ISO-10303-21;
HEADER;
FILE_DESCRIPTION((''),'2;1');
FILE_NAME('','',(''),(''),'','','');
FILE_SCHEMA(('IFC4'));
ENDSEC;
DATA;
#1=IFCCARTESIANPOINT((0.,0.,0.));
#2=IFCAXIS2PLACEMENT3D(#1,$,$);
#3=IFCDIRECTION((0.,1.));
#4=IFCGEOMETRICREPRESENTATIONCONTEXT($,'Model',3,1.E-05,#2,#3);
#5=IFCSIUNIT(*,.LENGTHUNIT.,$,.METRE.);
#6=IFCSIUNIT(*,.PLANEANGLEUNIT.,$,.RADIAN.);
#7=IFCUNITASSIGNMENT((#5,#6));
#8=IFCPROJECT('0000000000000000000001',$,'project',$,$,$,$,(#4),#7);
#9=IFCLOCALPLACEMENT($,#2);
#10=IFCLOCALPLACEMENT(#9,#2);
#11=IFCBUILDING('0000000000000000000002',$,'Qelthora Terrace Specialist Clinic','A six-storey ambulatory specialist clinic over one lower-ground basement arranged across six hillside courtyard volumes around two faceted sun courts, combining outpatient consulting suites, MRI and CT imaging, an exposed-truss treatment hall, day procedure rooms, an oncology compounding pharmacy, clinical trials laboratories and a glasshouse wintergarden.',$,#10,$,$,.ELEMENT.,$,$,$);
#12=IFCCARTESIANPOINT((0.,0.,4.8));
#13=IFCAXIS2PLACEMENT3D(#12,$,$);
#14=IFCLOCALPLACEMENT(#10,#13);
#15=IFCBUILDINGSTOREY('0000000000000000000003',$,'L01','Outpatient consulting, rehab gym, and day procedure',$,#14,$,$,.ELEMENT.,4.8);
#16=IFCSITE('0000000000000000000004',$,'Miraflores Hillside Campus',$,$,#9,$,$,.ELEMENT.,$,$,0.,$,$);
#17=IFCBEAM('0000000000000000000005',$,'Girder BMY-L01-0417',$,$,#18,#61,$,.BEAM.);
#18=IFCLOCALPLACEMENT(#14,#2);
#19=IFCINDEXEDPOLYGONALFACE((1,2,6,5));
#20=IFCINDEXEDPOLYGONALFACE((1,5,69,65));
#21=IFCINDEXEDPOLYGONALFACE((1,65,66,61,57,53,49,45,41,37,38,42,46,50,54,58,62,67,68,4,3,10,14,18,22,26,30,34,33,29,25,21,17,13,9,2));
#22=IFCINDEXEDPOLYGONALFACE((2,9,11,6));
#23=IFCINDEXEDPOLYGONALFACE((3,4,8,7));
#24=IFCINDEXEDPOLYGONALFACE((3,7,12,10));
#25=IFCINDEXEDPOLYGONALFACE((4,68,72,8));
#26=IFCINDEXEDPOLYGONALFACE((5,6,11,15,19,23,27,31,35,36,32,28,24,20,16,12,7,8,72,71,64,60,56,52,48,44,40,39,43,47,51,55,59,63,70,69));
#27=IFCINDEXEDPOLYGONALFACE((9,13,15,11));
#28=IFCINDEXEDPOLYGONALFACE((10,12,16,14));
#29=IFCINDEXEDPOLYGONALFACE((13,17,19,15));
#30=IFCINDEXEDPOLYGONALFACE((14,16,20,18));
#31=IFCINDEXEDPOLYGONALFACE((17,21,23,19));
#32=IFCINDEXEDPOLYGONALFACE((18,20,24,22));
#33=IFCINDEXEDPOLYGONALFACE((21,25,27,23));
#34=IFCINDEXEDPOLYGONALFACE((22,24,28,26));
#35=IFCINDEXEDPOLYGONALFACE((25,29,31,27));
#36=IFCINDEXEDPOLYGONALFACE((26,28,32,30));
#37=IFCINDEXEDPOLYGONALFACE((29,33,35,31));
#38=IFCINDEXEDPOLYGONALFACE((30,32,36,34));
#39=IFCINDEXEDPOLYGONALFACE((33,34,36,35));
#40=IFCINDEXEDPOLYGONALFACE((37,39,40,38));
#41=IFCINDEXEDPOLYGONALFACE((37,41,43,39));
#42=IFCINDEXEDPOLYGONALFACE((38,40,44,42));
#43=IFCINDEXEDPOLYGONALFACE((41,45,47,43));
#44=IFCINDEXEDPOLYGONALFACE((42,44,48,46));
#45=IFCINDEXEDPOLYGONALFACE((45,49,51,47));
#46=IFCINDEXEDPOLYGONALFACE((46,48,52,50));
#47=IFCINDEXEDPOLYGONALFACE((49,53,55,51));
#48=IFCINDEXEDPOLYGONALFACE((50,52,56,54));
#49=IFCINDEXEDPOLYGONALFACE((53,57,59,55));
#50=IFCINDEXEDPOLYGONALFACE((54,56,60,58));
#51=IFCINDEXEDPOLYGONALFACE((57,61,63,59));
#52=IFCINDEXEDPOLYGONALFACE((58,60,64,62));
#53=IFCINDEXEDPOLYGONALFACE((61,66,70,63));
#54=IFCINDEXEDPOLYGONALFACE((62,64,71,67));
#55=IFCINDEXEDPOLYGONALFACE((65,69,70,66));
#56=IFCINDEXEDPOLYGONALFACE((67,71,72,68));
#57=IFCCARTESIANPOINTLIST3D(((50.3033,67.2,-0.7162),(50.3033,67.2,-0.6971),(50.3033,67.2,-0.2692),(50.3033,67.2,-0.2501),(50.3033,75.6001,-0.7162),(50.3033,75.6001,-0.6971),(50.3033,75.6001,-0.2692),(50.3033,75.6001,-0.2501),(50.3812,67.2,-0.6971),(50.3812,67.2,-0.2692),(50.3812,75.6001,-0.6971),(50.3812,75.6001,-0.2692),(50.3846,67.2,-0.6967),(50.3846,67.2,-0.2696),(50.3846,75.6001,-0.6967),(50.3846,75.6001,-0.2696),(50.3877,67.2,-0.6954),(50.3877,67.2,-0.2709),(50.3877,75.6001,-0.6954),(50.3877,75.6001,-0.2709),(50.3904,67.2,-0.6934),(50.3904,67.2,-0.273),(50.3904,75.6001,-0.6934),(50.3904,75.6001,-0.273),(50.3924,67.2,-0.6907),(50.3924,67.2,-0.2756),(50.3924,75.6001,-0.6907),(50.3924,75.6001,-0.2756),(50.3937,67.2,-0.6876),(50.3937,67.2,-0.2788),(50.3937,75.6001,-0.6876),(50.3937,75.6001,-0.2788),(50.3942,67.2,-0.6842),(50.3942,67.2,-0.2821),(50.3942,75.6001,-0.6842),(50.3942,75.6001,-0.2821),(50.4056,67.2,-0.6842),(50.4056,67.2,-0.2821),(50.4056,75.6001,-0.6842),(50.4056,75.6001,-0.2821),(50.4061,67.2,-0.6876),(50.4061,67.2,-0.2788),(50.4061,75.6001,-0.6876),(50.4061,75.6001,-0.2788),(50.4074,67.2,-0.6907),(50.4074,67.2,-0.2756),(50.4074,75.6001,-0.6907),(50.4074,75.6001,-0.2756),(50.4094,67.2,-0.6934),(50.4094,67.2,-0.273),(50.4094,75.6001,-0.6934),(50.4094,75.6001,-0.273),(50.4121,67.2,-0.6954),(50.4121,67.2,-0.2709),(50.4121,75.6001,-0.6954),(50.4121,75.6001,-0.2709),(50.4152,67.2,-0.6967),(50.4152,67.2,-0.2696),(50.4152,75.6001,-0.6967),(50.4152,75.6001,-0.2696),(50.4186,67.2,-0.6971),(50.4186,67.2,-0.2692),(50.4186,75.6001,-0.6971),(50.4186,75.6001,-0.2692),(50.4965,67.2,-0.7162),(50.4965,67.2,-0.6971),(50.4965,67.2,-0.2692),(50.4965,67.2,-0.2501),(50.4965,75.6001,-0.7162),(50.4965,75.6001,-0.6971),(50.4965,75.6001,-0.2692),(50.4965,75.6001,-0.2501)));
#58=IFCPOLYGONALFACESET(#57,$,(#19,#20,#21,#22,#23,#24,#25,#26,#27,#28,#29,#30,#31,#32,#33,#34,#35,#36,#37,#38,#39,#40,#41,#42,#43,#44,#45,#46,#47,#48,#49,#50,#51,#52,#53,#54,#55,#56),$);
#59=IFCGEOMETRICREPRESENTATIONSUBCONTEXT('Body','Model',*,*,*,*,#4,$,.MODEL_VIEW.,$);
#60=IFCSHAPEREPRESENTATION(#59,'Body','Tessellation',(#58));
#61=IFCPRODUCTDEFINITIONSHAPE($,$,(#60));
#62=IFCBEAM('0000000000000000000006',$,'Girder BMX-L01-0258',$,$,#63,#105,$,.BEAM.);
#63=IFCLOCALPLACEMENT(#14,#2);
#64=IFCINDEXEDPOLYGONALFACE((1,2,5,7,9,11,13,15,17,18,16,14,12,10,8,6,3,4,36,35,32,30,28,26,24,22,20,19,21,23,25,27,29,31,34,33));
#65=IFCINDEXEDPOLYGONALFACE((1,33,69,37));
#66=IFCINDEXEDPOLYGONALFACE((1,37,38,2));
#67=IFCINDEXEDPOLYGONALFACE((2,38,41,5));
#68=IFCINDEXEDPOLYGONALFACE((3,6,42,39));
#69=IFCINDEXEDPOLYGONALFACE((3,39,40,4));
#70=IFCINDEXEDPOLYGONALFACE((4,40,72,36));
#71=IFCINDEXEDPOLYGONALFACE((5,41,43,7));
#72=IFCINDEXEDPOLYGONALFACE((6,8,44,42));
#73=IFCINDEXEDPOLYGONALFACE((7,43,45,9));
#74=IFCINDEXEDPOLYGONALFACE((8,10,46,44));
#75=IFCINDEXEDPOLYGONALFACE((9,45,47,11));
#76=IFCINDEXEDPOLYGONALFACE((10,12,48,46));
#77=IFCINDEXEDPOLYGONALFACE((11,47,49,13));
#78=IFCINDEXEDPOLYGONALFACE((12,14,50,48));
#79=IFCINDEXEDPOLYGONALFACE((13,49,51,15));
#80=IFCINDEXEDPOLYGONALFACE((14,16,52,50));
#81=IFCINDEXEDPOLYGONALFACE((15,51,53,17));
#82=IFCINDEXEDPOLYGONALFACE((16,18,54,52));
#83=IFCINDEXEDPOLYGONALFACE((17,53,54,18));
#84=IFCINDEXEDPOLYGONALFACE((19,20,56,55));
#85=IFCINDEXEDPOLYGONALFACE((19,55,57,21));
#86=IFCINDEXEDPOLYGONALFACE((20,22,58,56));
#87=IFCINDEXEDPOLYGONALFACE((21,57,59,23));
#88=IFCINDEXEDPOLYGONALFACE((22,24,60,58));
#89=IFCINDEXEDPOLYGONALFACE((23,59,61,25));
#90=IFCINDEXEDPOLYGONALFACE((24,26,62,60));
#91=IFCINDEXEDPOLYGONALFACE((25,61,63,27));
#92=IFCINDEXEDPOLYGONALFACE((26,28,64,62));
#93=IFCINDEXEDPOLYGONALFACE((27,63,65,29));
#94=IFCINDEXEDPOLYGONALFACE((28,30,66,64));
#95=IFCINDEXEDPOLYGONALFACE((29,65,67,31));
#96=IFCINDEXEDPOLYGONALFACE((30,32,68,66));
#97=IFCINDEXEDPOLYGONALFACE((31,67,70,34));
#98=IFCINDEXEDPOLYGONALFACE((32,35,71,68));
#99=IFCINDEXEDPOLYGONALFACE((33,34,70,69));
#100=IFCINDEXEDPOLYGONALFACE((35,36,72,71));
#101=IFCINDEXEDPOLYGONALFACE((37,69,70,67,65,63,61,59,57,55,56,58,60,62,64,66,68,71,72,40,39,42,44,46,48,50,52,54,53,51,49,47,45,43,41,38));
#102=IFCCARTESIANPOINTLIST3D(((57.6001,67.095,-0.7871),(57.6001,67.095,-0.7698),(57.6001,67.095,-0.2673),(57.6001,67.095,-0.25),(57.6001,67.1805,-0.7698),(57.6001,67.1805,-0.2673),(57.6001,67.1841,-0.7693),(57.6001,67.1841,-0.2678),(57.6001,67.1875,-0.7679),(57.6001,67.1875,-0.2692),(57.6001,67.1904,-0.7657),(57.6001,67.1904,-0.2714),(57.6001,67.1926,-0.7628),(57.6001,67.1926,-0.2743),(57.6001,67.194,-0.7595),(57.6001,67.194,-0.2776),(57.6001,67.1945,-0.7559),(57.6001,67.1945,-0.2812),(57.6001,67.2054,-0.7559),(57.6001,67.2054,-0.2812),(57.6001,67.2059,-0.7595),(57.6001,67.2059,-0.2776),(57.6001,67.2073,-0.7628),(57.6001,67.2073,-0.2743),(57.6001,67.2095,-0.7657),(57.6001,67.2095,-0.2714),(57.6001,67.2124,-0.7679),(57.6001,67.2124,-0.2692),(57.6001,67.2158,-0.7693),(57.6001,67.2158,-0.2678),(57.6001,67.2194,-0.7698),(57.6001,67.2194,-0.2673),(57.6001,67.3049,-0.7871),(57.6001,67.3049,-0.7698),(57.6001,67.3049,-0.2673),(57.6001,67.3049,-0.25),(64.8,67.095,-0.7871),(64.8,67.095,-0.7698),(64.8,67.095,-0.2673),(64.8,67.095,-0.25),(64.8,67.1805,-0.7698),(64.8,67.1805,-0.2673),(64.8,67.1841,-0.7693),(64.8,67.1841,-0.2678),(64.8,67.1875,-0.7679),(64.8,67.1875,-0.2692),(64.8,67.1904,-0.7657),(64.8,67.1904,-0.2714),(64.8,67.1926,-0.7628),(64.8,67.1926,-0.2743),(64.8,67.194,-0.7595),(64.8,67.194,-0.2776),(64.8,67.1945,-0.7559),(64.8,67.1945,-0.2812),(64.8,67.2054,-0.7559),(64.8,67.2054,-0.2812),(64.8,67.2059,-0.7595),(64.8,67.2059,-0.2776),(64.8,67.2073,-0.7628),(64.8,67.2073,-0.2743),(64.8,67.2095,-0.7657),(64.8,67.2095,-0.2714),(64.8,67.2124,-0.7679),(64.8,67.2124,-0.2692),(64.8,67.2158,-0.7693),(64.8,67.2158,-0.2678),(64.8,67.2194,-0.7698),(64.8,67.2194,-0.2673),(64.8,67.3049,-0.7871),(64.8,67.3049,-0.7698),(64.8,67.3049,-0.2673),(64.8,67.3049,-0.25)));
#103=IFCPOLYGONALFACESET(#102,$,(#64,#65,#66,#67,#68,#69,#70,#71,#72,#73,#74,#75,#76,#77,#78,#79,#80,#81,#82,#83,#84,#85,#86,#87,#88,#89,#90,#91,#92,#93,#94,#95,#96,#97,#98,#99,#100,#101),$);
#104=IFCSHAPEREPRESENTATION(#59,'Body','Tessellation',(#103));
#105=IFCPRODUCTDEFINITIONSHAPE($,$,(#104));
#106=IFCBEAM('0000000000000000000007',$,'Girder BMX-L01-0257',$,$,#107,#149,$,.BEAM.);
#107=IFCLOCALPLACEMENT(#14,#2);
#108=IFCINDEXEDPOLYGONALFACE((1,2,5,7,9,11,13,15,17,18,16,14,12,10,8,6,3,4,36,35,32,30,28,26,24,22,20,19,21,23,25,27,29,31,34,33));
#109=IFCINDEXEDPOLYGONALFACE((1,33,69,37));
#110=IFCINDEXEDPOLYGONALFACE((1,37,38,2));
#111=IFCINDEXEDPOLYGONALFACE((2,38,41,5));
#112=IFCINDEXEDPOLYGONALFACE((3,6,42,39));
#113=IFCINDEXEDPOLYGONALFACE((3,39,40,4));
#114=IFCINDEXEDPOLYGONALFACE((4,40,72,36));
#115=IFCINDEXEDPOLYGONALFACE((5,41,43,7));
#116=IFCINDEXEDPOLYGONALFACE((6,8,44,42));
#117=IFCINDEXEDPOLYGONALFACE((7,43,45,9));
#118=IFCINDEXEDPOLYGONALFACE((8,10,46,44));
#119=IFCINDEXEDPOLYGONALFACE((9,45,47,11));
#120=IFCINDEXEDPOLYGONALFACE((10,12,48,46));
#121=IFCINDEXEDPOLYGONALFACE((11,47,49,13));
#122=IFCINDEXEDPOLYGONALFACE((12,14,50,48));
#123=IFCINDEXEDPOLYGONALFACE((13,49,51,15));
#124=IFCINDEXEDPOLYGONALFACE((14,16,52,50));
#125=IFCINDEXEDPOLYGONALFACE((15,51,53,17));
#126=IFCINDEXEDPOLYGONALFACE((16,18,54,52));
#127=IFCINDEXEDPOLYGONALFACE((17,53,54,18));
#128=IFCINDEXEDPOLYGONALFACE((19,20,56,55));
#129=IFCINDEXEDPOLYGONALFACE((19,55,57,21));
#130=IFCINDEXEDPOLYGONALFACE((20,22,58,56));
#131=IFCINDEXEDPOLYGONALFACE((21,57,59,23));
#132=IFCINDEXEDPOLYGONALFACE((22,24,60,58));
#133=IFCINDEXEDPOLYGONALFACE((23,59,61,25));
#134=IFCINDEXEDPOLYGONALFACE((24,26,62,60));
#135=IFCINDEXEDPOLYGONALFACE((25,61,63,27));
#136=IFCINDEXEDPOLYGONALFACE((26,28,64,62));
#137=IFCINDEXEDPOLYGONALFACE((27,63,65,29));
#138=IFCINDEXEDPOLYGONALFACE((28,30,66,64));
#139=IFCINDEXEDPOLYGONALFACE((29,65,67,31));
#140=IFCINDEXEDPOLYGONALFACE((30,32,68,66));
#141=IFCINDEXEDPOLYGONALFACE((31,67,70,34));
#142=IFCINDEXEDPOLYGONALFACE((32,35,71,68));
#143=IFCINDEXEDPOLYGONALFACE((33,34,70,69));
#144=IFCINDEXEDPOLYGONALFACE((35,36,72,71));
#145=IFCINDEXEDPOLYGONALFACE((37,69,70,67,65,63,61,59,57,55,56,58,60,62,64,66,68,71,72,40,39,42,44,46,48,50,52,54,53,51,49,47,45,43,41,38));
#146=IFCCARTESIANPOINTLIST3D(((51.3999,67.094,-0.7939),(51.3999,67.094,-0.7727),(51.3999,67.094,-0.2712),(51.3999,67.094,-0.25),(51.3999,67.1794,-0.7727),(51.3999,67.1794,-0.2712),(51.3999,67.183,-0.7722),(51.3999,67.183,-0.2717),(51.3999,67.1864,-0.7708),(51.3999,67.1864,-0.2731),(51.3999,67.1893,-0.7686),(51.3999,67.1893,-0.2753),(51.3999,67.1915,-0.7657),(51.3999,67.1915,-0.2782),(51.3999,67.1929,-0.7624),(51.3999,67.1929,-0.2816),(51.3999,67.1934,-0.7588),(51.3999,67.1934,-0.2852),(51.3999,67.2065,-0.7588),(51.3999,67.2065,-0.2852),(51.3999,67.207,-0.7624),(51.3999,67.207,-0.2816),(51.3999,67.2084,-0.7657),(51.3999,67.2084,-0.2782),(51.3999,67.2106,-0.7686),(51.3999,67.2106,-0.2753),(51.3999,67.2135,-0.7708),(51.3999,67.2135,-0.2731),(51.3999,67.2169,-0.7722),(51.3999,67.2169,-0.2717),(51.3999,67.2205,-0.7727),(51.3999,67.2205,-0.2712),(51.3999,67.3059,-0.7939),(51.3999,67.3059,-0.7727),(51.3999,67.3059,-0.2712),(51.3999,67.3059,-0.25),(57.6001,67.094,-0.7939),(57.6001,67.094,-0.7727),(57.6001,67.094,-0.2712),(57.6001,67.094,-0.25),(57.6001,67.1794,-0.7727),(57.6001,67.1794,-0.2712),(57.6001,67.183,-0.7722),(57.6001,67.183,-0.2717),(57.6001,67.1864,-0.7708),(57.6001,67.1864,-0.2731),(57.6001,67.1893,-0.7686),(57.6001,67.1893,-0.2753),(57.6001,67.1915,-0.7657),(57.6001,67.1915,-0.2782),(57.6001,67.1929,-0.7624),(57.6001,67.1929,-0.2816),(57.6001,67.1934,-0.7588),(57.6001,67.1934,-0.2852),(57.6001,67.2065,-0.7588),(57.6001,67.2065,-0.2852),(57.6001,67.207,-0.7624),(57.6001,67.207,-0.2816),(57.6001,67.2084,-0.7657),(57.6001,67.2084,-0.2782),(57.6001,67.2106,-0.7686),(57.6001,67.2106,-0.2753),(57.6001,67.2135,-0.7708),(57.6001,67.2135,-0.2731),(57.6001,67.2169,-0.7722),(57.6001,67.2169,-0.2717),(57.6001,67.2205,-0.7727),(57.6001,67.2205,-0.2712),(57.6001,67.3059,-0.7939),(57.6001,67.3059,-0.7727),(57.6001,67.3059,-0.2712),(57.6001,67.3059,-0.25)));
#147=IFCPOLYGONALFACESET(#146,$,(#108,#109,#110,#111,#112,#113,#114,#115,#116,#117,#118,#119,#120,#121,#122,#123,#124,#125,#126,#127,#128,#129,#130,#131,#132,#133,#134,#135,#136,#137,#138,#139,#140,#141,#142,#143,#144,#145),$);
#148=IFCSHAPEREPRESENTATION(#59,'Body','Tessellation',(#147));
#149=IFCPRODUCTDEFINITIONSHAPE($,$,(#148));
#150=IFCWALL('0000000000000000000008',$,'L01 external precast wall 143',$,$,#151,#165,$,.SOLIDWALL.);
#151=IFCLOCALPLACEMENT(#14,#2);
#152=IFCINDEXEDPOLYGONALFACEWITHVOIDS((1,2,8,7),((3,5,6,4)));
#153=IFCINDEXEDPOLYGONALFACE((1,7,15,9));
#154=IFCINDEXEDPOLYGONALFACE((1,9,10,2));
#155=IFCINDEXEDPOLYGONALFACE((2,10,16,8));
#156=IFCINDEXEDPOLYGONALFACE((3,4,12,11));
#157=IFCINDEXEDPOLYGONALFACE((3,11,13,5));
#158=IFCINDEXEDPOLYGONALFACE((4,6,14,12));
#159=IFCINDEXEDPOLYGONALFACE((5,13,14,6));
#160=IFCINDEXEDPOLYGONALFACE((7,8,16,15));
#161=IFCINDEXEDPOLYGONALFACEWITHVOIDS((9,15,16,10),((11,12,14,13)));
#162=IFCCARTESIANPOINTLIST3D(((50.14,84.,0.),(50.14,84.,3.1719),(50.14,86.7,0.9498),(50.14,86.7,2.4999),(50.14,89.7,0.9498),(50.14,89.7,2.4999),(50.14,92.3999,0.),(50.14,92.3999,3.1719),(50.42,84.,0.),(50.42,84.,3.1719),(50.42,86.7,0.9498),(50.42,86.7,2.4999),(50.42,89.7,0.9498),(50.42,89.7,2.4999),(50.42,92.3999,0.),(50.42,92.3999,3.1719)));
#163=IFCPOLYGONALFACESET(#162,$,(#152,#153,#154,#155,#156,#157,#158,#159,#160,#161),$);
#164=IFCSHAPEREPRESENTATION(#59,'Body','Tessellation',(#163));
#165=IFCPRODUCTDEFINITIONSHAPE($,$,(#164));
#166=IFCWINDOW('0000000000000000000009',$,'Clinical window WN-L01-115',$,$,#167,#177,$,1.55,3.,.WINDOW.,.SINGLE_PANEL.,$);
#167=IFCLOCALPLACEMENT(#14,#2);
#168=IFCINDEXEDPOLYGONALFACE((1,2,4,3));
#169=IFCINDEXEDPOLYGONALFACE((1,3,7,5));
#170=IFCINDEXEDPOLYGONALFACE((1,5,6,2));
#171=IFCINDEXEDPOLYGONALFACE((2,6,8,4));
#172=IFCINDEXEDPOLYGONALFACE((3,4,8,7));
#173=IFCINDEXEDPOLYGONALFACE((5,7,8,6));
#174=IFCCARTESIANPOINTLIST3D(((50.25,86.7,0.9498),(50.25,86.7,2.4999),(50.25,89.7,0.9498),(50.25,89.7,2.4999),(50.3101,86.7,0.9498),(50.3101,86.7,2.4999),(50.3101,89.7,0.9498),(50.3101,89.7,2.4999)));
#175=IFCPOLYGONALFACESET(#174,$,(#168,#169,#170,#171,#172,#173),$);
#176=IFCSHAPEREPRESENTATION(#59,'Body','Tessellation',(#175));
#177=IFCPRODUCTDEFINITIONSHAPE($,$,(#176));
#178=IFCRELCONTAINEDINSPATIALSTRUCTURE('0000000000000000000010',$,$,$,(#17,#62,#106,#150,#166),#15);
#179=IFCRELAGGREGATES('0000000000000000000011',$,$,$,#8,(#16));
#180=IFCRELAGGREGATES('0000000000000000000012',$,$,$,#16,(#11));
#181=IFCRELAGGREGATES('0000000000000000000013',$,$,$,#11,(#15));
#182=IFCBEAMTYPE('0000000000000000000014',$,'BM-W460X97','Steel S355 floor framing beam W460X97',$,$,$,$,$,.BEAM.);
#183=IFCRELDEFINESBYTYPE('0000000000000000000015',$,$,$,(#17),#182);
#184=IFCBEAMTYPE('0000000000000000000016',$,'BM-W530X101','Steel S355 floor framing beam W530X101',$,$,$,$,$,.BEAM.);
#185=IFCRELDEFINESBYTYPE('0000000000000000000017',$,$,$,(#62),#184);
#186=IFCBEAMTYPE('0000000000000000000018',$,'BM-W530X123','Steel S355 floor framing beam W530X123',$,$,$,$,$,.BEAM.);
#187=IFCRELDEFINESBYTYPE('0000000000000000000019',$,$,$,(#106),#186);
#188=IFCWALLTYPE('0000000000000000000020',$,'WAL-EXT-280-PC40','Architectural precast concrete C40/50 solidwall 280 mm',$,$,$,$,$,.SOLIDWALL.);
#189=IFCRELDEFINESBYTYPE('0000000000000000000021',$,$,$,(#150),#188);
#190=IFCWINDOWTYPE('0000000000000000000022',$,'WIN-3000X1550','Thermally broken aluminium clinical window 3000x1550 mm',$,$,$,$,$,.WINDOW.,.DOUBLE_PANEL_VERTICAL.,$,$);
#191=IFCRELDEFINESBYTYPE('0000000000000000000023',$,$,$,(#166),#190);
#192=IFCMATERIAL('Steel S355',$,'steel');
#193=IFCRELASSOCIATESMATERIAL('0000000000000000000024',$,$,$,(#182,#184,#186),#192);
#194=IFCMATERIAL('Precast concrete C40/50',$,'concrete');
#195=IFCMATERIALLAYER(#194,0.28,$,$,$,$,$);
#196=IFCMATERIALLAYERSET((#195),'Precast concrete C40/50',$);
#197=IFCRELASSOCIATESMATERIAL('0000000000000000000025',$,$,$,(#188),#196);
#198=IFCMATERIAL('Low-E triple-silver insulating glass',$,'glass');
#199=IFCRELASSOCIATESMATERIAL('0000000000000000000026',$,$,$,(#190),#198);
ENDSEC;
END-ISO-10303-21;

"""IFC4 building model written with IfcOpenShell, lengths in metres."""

from ifc_helpers import new_model, si_unit, direction, frame, frame_2d, origin, origin_2d, place, context, subcontext, project, spatial, rectangle, i_section, extrude, material, layer, layer_set, material_profile, profile_set, type_object, element, fill, save


model = new_model("IFC4")

# Units and contexts
model_context = context("Model", 3, precision=1e-05, world=origin(), true_north=direction((0.0, 1.0)))
body_context = subcontext(model_context, "Body", "Model", "MODEL_VIEW")
ifc_project = project(units=[si_unit("LENGTHUNIT", "METRE"), si_unit("PLANEANGLEUNIT", "RADIAN")], contexts=[model_context])

# Site, building, storey
site_placement = place(None, origin())
site = spatial("IfcSite", under=ifc_project, at=site_placement, Name="Miraflores Hillside Campus", CompositionType="ELEMENT", RefElevation=0.0)
building_placement = place(site_placement, origin())
building = spatial("IfcBuilding", under=site, at=building_placement, Name="Qelthora Terrace Specialist Clinic", Description="A six-storey ambulatory specialist clinic over one lower-ground basement arranged across six hillside courtyard volumes around two faceted sun courts, combining outpatient consulting suites, MRI and CT imaging, an exposed-truss treatment hall, day procedure rooms, an oncology compounding pharmacy, clinical trials laboratories and a glasshouse wintergarden.", CompositionType="ELEMENT")
storey_placement = place(building_placement, frame((0.0, 0.0, 4.8)))
storey = spatial("IfcBuildingStorey", under=building, at=storey_placement, Name="L01", Description="Outpatient consulting, rehab gym, and day procedure", CompositionType="ELEMENT", Elevation=4.8)

# Shared definitions
ifc_material_1 = material(Name="Steel S355", Category="steel")

# Beams
ifc_material_profile_1 = material_profile(ifc_material_1, i_section(OverallWidth=0.1931, OverallDepth=0.4661, WebThickness=0.0115, FlangeThickness=0.019, FilletRadius=0.0129, at=origin_2d()), Name="W460X97")
ifc_profile_set_1 = profile_set([ifc_material_profile_1], Name="Steel S355")
beam_type_1 = type_object("IfcBeamType", Name="BM-W460X97", Description="Steel S355 floor framing beam W460X97", PredefinedType="BEAM", material=ifc_profile_set_1)
beam_1_placement = place(storey_placement, frame((50.3999, 67.2, -0.4832), z_axis=(0.0, 1.0, 0.0), x_axis=(-1.0, 0.0, 0.0)))
element("IfcBeam", 1, at=beam_1_placement, inside=storey, type_object=beam_type_1, Name="Girder BMY-L01-0417", PredefinedType="BEAM", context=body_context, shape_type="SweptSolid", body=[
    extrude(i_section(OverallWidth=0.1931, OverallDepth=0.4661, WebThickness=0.0115, FlangeThickness=0.019, FilletRadius=0.0129, at=origin_2d()), origin(), (0.0, 0.0, 1.0), 8.4001),
])
ifc_material_profile_2 = material_profile(ifc_material_1, i_section(OverallWidth=0.21, OverallDepth=0.5371, WebThickness=0.011, FlangeThickness=0.0173, FilletRadius=0.0139, at=origin_2d()), Name="W530X101")
ifc_profile_set_2 = profile_set([ifc_material_profile_2], Name="Steel S355")
beam_type_2 = type_object("IfcBeamType", Name="BM-W530X101", Description="Steel S355 floor framing beam W530X101", PredefinedType="BEAM", material=ifc_profile_set_2)
beam_2_placement = place(storey_placement, frame((57.6001, 67.2, -0.5186), z_axis=(1.0, 0.0, 0.0), x_axis=(0.0, 1.0, 0.0)))
element("IfcBeam", 2, at=beam_2_placement, inside=storey, type_object=beam_type_2, Name="Girder BMX-L01-0258", PredefinedType="BEAM", context=body_context, shape_type="SweptSolid", body=[
    extrude(i_section(OverallWidth=0.21, OverallDepth=0.5371, WebThickness=0.011, FlangeThickness=0.0173, FilletRadius=0.0139, at=origin_2d()), origin(), (0.0, 0.0, 1.0), 7.2),
])
ifc_material_profile_3 = material_profile(ifc_material_1, i_section(OverallWidth=0.2119, OverallDepth=0.5439, WebThickness=0.0132, FlangeThickness=0.0212, FilletRadius=0.0139, at=origin_2d()), Name="W530X123")
ifc_profile_set_3 = profile_set([ifc_material_profile_3], Name="Steel S355")
beam_type_3 = type_object("IfcBeamType", Name="BM-W530X123", Description="Steel S355 floor framing beam W530X123", PredefinedType="BEAM", material=ifc_profile_set_3)
beam_3_placement = place(storey_placement, frame((51.3999, 67.2, -0.522), z_axis=(1.0, 0.0, 0.0), x_axis=(0.0, 1.0, 0.0)))
element("IfcBeam", 3, at=beam_3_placement, inside=storey, type_object=beam_type_3, Name="Girder BMX-L01-0257", PredefinedType="BEAM", context=body_context, shape_type="SweptSolid", body=[
    extrude(i_section(OverallWidth=0.2119, OverallDepth=0.5439, WebThickness=0.0132, FlangeThickness=0.0212, FilletRadius=0.0139, at=origin_2d()), origin(), (0.0, 0.0, 1.0), 6.2002),
])

# Wall, opening, window
ifc_material_2 = material(Name="Precast concrete C40/50", Category="concrete")
ifc_layer_1 = layer(ifc_material_2, 0.28)
ifc_layer_set_1 = layer_set([ifc_layer_1], Name="Precast concrete C40/50")
wall_type_1 = type_object("IfcWallType", Name="WAL-EXT-280-PC40", Description="Architectural precast concrete C40/50 solidwall 280 mm", PredefinedType="SOLIDWALL", material=ifc_layer_set_1)
wall_1_placement = place(storey_placement, frame((50.28, 84.0, 0.0), z_axis=(0.0, 0.0, 1.0), x_axis=(0.0, 1.0, 0.0)))
wall_1 = element("IfcWall", 4, at=wall_1_placement, inside=storey, type_object=wall_type_1, Name="L01 external precast wall 143", PredefinedType="SOLIDWALL", context=body_context, shape_type="SweptSolid", body=[
    extrude(rectangle(XDim=8.3999, YDim=0.28, at=frame_2d((4.2, 0.0))), origin(), (0.0, 0.0, 1.0), 3.1719),
])
opening_1_placement = place(wall_1_placement, frame((2.7, 0.0, 0.95)))
opening_1 = element("IfcOpeningElement", 5, at=opening_1_placement, cuts=wall_1, PredefinedType="OPENING", context=body_context, shape_type="SweptSolid", body=[
    extrude(rectangle(XDim=3.0, YDim=1.55, at=frame_2d((1.5, 0.7749))), frame((0.0, 0.1499, 0.0), z_axis=(0.0, -1.0, 0.0), x_axis=(1.0, 0.0, 0.0)), (0.0, 0.0, 1.0), 0.3),
])
ifc_material_3 = material(Name="Low-E triple-silver insulating glass", Category="glass")
window_type_1 = type_object("IfcWindowType", Name="WIN-3000X1550", Description="Thermally broken aluminium clinical window 3000x1550 mm", PartitioningType="DOUBLE_PANEL_VERTICAL", PredefinedType="WINDOW", material=ifc_material_3)
window_1_placement = place(opening_1_placement, origin())
window_1 = element("IfcWindow", 6, at=window_1_placement, inside=storey, type_object=window_type_1, Name="Clinical window WN-L01-115", OverallHeight=1.55, OverallWidth=3.0, PartitioningType="SINGLE_PANEL", PredefinedType="WINDOW", context=body_context, shape_type="SweptSolid", body=[
    extrude(rectangle(XDim=3.0, YDim=1.55, at=frame_2d((1.5, 0.7749))), frame((0.0, 0.03, 0.0), z_axis=(0.0, -1.0, 0.0), x_axis=(1.0, 0.0, 0.0)), (0.0, 0.0, 1.0), 0.0601),
])
fill(opening_1, window_1)

save(model, "model.ifc")
